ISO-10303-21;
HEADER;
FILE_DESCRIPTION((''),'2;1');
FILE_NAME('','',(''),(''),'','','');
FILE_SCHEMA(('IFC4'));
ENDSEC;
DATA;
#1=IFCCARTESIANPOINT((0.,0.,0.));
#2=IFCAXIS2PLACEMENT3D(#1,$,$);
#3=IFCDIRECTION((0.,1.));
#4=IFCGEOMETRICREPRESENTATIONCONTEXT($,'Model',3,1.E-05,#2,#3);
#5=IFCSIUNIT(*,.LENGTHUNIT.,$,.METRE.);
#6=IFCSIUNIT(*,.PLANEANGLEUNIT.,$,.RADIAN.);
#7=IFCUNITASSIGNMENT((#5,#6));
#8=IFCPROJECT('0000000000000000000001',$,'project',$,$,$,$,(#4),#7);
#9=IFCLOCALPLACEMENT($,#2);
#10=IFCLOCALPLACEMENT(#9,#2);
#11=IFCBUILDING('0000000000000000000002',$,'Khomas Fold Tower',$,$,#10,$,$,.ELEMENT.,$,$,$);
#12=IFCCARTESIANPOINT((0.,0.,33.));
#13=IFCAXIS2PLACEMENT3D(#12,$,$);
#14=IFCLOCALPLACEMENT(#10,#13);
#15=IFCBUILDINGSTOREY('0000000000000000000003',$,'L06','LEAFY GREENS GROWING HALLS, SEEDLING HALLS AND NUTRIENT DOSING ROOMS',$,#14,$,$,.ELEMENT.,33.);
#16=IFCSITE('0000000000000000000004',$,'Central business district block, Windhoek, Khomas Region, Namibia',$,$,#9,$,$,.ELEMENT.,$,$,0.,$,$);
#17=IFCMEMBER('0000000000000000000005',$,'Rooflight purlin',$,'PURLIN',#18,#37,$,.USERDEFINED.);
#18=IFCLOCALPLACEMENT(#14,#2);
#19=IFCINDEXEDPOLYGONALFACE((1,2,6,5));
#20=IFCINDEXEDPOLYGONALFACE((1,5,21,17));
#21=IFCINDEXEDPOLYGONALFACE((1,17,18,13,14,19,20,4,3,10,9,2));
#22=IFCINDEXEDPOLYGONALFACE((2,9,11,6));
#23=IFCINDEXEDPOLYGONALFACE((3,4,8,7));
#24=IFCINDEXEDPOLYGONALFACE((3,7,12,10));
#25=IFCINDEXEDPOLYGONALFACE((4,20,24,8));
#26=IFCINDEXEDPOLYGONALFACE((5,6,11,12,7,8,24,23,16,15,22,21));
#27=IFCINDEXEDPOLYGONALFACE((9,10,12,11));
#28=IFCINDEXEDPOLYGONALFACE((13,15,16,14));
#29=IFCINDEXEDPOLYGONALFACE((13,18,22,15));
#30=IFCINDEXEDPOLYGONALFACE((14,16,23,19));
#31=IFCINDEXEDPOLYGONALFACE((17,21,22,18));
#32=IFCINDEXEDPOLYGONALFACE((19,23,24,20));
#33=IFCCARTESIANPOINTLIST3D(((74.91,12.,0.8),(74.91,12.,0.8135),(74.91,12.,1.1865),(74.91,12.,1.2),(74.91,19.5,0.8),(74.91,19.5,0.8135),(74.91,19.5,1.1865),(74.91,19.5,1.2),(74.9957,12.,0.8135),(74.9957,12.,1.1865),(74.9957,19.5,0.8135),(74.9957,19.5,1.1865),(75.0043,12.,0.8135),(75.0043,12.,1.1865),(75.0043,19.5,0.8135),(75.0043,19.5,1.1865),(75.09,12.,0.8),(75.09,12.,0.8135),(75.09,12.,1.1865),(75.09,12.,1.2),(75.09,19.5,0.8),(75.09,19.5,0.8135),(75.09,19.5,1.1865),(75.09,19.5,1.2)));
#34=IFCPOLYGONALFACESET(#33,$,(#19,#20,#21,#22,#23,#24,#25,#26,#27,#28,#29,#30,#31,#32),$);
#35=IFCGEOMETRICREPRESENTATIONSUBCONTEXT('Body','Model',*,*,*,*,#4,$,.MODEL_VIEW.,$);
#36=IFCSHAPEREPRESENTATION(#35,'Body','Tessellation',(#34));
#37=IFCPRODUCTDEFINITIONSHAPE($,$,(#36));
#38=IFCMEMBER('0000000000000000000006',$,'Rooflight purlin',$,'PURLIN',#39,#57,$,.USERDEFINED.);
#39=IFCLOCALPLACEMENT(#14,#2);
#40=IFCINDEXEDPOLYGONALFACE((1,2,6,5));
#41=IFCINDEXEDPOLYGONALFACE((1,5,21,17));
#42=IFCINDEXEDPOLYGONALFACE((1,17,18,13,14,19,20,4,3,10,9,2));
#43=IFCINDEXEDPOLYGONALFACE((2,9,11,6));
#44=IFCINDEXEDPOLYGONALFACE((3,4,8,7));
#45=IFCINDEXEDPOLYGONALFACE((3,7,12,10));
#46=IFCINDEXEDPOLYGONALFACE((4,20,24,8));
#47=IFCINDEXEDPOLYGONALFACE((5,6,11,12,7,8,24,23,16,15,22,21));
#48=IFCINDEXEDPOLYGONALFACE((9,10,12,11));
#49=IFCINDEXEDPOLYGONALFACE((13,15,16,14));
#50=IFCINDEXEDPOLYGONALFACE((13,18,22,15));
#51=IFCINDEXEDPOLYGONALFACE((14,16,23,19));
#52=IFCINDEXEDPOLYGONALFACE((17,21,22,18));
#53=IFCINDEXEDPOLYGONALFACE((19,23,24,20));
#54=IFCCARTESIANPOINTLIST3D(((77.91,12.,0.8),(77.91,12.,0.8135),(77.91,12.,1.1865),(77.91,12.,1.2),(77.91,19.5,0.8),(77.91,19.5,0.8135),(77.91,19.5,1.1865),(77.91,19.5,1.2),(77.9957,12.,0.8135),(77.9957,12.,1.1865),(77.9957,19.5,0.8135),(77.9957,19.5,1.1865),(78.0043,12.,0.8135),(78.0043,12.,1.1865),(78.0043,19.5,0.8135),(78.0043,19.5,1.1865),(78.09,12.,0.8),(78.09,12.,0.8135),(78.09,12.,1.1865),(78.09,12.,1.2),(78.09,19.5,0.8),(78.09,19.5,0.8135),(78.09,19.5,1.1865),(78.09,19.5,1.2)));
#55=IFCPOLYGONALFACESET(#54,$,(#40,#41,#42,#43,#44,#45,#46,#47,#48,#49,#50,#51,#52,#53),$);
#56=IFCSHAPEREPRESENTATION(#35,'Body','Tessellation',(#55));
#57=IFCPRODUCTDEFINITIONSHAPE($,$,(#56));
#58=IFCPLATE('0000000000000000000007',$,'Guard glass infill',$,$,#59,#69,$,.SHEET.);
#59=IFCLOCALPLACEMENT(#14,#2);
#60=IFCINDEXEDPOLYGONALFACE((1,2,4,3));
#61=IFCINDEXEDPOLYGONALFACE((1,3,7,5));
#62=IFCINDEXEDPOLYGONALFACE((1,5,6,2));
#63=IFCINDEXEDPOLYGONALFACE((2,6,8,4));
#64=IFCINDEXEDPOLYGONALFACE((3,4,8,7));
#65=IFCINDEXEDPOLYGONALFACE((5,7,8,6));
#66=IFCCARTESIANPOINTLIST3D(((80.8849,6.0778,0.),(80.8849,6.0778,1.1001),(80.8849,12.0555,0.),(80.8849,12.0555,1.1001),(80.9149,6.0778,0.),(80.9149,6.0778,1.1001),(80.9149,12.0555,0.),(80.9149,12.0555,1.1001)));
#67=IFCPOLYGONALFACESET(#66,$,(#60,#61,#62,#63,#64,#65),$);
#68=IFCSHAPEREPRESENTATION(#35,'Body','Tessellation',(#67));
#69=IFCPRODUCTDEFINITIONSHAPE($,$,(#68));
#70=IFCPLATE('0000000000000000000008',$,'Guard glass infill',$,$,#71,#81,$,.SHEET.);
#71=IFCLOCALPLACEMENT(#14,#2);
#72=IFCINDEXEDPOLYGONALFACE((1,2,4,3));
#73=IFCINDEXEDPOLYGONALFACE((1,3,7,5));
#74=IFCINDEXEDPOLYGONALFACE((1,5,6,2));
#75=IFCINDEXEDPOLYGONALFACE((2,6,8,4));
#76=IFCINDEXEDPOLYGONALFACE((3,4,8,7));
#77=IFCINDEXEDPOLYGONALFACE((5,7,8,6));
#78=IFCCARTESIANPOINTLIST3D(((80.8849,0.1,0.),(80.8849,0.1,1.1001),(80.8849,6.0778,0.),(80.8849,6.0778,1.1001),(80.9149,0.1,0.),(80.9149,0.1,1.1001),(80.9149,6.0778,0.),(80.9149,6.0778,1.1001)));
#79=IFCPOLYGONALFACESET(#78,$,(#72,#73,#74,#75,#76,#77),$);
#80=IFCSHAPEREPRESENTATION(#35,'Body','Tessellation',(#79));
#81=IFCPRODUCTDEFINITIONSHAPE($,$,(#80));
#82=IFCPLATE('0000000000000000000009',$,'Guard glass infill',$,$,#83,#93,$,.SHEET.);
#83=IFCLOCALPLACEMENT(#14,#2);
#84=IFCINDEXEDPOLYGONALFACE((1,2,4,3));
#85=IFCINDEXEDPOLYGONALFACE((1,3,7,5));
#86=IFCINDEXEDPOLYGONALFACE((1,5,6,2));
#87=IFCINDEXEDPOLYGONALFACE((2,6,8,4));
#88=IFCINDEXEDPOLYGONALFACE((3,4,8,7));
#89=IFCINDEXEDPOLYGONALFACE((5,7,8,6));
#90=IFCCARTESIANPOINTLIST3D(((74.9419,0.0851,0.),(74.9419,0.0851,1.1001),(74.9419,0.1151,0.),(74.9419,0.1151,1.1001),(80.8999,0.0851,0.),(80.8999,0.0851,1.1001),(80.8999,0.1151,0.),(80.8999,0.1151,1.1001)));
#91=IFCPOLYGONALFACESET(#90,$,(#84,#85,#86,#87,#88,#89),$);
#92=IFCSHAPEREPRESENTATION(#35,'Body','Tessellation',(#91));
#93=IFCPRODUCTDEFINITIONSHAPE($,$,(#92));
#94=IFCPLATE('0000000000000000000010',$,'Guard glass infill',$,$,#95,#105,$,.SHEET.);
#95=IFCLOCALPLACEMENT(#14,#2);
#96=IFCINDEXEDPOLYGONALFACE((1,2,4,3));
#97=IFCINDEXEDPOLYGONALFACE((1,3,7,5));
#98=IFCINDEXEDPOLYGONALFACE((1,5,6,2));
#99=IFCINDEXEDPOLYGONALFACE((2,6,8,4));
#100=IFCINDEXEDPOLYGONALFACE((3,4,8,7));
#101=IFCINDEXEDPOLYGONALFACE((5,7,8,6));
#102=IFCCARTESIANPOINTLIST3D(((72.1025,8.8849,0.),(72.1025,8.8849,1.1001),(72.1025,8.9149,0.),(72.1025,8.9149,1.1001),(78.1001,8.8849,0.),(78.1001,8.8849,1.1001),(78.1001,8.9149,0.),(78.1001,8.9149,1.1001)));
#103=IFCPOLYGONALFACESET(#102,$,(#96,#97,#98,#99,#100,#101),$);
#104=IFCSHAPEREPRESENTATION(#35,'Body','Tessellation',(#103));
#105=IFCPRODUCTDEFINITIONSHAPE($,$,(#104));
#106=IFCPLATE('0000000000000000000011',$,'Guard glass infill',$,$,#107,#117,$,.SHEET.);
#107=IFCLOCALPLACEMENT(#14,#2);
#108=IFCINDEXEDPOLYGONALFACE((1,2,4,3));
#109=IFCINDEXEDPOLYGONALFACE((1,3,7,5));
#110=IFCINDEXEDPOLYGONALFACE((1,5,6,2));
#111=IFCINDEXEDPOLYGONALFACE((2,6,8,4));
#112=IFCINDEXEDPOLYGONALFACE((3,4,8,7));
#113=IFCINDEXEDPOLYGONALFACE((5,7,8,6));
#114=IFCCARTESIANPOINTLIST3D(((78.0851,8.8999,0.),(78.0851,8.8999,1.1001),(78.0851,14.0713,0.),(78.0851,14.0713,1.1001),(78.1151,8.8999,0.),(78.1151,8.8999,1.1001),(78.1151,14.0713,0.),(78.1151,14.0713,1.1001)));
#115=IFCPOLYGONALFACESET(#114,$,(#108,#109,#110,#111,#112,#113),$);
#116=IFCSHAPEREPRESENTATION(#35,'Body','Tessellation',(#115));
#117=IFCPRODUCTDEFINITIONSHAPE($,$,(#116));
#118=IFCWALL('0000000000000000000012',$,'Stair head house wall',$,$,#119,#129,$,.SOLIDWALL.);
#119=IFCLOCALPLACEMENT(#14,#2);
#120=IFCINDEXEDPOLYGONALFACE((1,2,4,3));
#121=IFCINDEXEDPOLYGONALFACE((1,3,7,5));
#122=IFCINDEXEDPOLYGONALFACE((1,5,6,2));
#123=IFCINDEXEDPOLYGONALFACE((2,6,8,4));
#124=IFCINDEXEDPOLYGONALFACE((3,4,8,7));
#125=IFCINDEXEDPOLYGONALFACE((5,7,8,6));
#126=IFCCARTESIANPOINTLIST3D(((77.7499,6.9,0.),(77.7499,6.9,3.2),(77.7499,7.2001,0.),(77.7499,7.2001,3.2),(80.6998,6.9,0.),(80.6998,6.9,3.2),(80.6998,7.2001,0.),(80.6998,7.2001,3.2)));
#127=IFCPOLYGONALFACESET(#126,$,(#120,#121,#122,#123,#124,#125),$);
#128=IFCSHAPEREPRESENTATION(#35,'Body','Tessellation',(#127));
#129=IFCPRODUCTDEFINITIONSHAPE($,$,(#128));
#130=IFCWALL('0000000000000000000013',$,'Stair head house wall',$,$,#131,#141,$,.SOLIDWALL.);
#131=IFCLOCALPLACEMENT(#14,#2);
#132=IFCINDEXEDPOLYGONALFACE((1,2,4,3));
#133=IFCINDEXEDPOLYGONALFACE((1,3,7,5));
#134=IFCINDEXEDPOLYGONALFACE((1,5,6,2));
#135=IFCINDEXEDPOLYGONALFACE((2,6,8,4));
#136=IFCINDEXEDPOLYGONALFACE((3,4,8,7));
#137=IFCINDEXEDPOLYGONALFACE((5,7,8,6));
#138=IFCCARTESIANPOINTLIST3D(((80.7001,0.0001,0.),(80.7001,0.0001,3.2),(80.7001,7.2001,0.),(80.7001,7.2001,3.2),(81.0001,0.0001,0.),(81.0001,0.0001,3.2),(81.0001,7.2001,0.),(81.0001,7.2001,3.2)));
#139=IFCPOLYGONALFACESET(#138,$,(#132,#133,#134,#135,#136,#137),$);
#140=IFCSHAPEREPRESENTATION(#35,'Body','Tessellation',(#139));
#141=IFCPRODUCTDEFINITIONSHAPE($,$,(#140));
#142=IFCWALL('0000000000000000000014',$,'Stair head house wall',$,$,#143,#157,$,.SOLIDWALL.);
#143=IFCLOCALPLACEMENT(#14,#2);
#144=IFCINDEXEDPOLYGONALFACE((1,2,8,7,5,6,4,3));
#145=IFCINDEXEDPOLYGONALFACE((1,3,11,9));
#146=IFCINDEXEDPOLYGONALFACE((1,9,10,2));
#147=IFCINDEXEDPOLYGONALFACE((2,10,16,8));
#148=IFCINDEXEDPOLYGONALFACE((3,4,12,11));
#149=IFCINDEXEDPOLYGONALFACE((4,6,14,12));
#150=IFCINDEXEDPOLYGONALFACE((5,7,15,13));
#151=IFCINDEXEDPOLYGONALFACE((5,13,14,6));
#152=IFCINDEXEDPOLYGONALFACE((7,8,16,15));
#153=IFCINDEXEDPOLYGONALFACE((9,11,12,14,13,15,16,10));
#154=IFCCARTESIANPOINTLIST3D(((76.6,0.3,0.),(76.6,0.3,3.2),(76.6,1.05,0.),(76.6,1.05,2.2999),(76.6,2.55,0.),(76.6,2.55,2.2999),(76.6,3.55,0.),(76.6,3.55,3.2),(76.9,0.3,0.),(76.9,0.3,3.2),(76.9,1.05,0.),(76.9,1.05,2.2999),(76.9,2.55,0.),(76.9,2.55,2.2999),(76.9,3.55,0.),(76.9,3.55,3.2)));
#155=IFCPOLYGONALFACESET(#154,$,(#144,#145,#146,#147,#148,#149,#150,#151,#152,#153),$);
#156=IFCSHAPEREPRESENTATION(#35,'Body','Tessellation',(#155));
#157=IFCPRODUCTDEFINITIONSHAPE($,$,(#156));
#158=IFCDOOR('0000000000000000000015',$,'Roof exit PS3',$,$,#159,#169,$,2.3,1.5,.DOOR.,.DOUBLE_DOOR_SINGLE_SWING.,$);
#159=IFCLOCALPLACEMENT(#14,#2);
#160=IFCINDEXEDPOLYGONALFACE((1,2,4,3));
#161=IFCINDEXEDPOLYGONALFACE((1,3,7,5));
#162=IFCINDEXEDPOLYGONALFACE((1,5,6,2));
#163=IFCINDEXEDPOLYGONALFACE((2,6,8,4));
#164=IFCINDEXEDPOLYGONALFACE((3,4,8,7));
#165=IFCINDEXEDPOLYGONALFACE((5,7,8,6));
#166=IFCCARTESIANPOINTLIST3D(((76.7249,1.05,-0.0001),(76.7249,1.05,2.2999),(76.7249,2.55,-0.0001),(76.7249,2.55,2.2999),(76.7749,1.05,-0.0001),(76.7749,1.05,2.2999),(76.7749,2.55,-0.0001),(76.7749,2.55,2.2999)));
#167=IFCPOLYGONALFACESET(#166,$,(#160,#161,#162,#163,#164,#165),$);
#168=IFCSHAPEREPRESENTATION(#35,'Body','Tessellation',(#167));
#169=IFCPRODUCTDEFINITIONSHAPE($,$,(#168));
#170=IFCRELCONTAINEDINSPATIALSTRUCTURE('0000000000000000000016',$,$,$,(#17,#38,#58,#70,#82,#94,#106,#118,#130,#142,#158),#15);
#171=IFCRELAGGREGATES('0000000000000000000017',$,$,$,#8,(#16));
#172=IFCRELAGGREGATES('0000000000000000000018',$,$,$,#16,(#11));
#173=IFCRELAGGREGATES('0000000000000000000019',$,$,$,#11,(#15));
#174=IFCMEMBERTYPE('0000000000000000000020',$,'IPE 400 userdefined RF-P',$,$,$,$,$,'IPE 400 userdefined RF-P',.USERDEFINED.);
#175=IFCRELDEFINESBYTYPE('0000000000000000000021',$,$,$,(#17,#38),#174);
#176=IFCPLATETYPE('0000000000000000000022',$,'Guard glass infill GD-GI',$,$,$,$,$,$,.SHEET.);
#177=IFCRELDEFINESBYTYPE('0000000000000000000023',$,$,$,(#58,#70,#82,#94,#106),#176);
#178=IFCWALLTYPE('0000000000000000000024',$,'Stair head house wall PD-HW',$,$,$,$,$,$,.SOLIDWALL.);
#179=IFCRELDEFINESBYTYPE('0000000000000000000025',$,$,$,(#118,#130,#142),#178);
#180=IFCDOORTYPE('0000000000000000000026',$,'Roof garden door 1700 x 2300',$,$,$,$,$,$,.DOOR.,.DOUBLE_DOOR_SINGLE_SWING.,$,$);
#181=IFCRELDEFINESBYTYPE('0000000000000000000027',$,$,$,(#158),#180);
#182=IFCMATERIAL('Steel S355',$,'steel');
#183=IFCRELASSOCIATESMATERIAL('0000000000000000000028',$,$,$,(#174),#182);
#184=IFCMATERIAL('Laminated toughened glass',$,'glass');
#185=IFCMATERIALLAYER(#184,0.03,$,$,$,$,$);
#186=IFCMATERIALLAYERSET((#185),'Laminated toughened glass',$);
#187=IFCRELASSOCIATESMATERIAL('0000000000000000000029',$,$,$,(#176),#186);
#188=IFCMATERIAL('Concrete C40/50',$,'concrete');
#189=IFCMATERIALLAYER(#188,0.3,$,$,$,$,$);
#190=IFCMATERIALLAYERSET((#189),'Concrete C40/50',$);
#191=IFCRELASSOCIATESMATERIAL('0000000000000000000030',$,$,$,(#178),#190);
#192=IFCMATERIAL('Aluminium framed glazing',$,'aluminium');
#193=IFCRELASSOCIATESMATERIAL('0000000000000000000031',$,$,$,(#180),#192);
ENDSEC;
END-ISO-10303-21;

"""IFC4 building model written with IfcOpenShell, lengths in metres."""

from ifc_helpers import new_model, si_unit, direction, frame, frame_2d, origin, origin_2d, place, context, subcontext, project, spatial, rectangle, i_section, extrude, source, transform, mapped, material, layer, layer_set, material_profile, profile_set, type_object, element, fill, save


model = new_model("IFC4")

# Units and contexts
model_context = context("Model", 3, precision=1e-05, world=origin(), true_north=direction((0.0, 1.0)))
body_context = subcontext(model_context, "Body", "Model", "MODEL_VIEW")
ifc_project = project(units=[si_unit("LENGTHUNIT", "METRE"), si_unit("PLANEANGLEUNIT", "RADIAN")], contexts=[model_context])

# Site, building, storey
site_placement = place(None, origin())
site = spatial("IfcSite", under=ifc_project, at=site_placement, Name="Central business district block, Windhoek, Khomas Region, Namibia", CompositionType="ELEMENT", RefElevation=0.0)
building_placement = place(site_placement, origin())
building = spatial("IfcBuilding", under=site, at=building_placement, Name="Khomas Fold Tower", CompositionType="ELEMENT")
storey_placement = place(building_placement, frame((0.0, 0.0, 33.0)))
storey = spatial("IfcBuildingStorey", under=building, at=storey_placement, Name="L06", Description="LEAFY GREENS GROWING HALLS, SEEDLING HALLS AND NUTRIENT DOSING ROOMS", CompositionType="ELEMENT", Elevation=33.0)

# Members
ifc_material_1 = material(Name="Steel S355", Category="steel")
ifc_material_profile = material_profile(ifc_material_1, i_section(OverallWidth=0.1799, OverallDepth=0.3999, WebThickness=0.0085, FlangeThickness=0.0134, at=origin_2d()), Name="IPE 400")
ifc_profile_set = profile_set([ifc_material_profile], Name="Steel S355")
member_type = type_object("IfcMemberType", Name="IPE 400 userdefined RF-P", ElementType="IPE 400 userdefined RF-P", PredefinedType="USERDEFINED", material=ifc_profile_set)
shared_shape_1 = source(origin(), body_context, "Body", "SweptSolid", [
    extrude(i_section(OverallWidth=0.1799, OverallDepth=0.3999, WebThickness=0.0085, FlangeThickness=0.0134, at=origin_2d()), origin(), (0.0, 0.0, 1.0), 7.5),
])
for number, where, z_axis, x_axis, name in (
    (1, (75.0, 12.0, 1.0), (0.0, 1.0, 0.0), (-1.0, 0.0, 0.0), "Rooflight purlin"),
    (2, (78.0, 12.0, 1.0), (0.0, 1.0, 0.0), (-1.0, 0.0, 0.0), "Rooflight purlin"),
):
    element("IfcMember", number, at=place(storey_placement, frame(where, z_axis=z_axis, x_axis=x_axis)), inside=storey, type_object=member_type, Name=name, ObjectType="PURLIN", PredefinedType="USERDEFINED", context=body_context, shape_type="MappedRepresentation", body=[
        mapped(shared_shape_1, transform((0.0, 0.0, 0.0))),
    ])

# Plates
ifc_material_2 = material(Name="Laminated toughened glass", Category="glass")
ifc_layer_1 = layer(ifc_material_2, 0.03)
ifc_layer_set_1 = layer_set([ifc_layer_1], Name="Laminated toughened glass")
plate_type = type_object("IfcPlateType", Name="Guard glass infill GD-GI", PredefinedType="SHEET", material=ifc_layer_set_1)
shared_shape_2 = source(origin(), body_context, "Body", "SweptSolid", [
    extrude(rectangle(XDim=5.9778, YDim=0.03, at=origin_2d()), origin(), (0.0, 0.0, 1.0), 1.1001),
])
for number, where, z_axis, x_axis, name in (
    (3, (80.8999, 9.0667, 0.0), (0.0, 0.0, 1.0), (0.0, -1.0, 0.0), "Guard glass infill"),
    (4, (80.8999, 3.0889, 0.0), (0.0, 0.0, 1.0), (0.0, -1.0, 0.0), "Guard glass infill"),
):
    element("IfcPlate", number, at=place(storey_placement, frame(where, z_axis=z_axis, x_axis=x_axis)), inside=storey, type_object=plate_type, Name=name, PredefinedType="SHEET", context=body_context, shape_type="MappedRepresentation", body=[
        mapped(shared_shape_2, transform((0.0, 0.0, 0.0))),
    ])
shared_shape_3 = source(origin(), body_context, "Body", "SweptSolid", [
    extrude(rectangle(XDim=5.958, YDim=0.03, at=origin_2d()), origin(), (0.0, 0.0, 1.0), 1.1001),
])
plate_1_placement = place(storey_placement, frame((77.9209, 0.1001, 0.0), z_axis=(0.0, 0.0, 1.0), x_axis=(-1.0, 0.0, 0.0)))
element("IfcPlate", 5, at=plate_1_placement, inside=storey, type_object=plate_type, Name="Guard glass infill", PredefinedType="SHEET", context=body_context, shape_type="MappedRepresentation", body=[
    mapped(shared_shape_3, transform((0.0, 0.0, 0.0))),
])
shared_shape_4 = source(origin(), body_context, "Body", "SweptSolid", [
    extrude(rectangle(XDim=5.9976, YDim=0.03, at=origin_2d()), origin(), (0.0, 0.0, 1.0), 1.1001),
])
plate_2_placement = place(storey_placement, frame((75.1013, 8.8999, 0.0), z_axis=(0.0, 0.0, 1.0), x_axis=(1.0, 0.0, 0.0)))
element("IfcPlate", 6, at=plate_2_placement, inside=storey, type_object=plate_type, Name="Guard glass infill", PredefinedType="SHEET", context=body_context, shape_type="MappedRepresentation", body=[
    mapped(shared_shape_4, transform((0.0, 0.0, 0.0))),
])
shared_shape_5 = source(origin(), body_context, "Body", "SweptSolid", [
    extrude(rectangle(XDim=5.1714, YDim=0.03, at=origin_2d()), origin(), (0.0, 0.0, 1.0), 1.1001),
])
plate_3_placement = place(storey_placement, frame((78.1001, 11.4856, 0.0), z_axis=(0.0, 0.0, 1.0), x_axis=(0.0, 1.0, 0.0)))
element("IfcPlate", 7, at=plate_3_placement, inside=storey, type_object=plate_type, Name="Guard glass infill", PredefinedType="SHEET", context=body_context, shape_type="MappedRepresentation", body=[
    mapped(shared_shape_5, transform((0.0, 0.0, 0.0))),
])

# Walls
ifc_material_3 = material(Name="Concrete C40/50", Category="concrete")
ifc_layer_2 = layer(ifc_material_3, 0.3)
ifc_layer_set_2 = layer_set([ifc_layer_2], Name="Concrete C40/50")
wall_type = type_object("IfcWallType", Name="Stair head house wall PD-HW", PredefinedType="SOLIDWALL", material=ifc_layer_set_2)
shared_shape_6 = source(origin(), body_context, "Body", "SweptSolid", [
    extrude(rectangle(XDim=2.95, YDim=0.3, at=frame_2d((1.4751, 0.0))), origin(), (0.0, 0.0, 1.0), 3.2),
])
wall_1_placement = place(storey_placement, frame((80.7, 7.05, 0.0), z_axis=(0.0, 0.0, 1.0), x_axis=(-1.0, 0.0, 0.0)))
element("IfcWall", 8, at=wall_1_placement, inside=storey, type_object=wall_type, Name="Stair head house wall", PredefinedType="SOLIDWALL", context=body_context, shape_type="MappedRepresentation", body=[
    mapped(shared_shape_6, transform((0.0, 0.0, 0.0))),
])
shared_shape_7 = source(origin(), body_context, "Body", "SweptSolid", [
    extrude(rectangle(XDim=7.2, YDim=0.3, at=frame_2d((3.6001, 0.0))), origin(), (0.0, 0.0, 1.0), 3.2),
])
wall_2_placement = place(storey_placement, frame((80.8501, 0.0, 0.0), z_axis=(0.0, 0.0, 1.0), x_axis=(0.0, 1.0, 0.0)))
element("IfcWall", 9, at=wall_2_placement, inside=storey, type_object=wall_type, Name="Stair head house wall", PredefinedType="SOLIDWALL", context=body_context, shape_type="MappedRepresentation", body=[
    mapped(shared_shape_7, transform((0.0, 0.0, 0.0))),
])

# Wall, opening, door
shared_shape_8 = source(origin(), body_context, "Body", "SweptSolid", [
    extrude(rectangle(XDim=3.25, YDim=0.3, at=frame_2d((1.625, 0.0))), origin(), (0.0, 0.0, 1.0), 3.2),
])
wall_3_placement = place(storey_placement, frame((76.75, 0.3, 0.0), z_axis=(0.0, 0.0, 1.0), x_axis=(0.0, 1.0, 0.0)))
wall_3 = element("IfcWall", 10, at=wall_3_placement, inside=storey, type_object=wall_type, Name="Stair head house wall", PredefinedType="SOLIDWALL", context=body_context, shape_type="MappedRepresentation", body=[
    mapped(shared_shape_8, transform((0.0, 0.0, 0.0))),
])
shared_shape_9 = source(origin(), body_context, "Body", "SweptSolid", [
    extrude(rectangle(XDim=1.5, YDim=2.3, at=frame_2d((0.75, 1.1499))), frame((0.0, 0.1599, 0.0), z_axis=(0.0, -1.0, 0.0), x_axis=(1.0, 0.0, 0.0)), (0.0, 0.0, 1.0), 0.3201),
])
opening_1_placement = place(wall_3_placement, frame((2.25, 0.0, 0.0), z_axis=(0.0, 0.0, 1.0), x_axis=(-1.0, 0.0, 0.0)))
opening_1 = element("IfcOpeningElement", 11, at=opening_1_placement, cuts=wall_3, PredefinedType="OPENING", context=body_context, shape_type="MappedRepresentation", body=[
    mapped(shared_shape_9, transform((0.0, 0.0, 0.0))),
])
ifc_material_4 = material(Name="Aluminium framed glazing", Category="aluminium")
door_type = type_object("IfcDoorType", Name="Roof garden door 1700 x 2300", OperationType="DOUBLE_DOOR_SINGLE_SWING", PredefinedType="DOOR", material=ifc_material_4)
shared_shape_10 = source(origin(), body_context, "Body", "SweptSolid", [
    extrude(rectangle(XDim=1.5, YDim=2.3, at=frame_2d((0.75, 1.1499))), frame((0.0, 0.0249, 0.0), z_axis=(0.0, -1.0, 0.0), x_axis=(1.0, 0.0, 0.0)), (0.0, 0.0, 1.0), 0.05),
])
door_1_placement = place(opening_1_placement, origin())
door_1 = element("IfcDoor", 12, at=door_1_placement, inside=storey, type_object=door_type, Name="Roof exit PS3", OperationType="DOUBLE_DOOR_SINGLE_SWING", OverallHeight=2.3, OverallWidth=1.5, PredefinedType="DOOR", context=body_context, shape_type="MappedRepresentation", body=[
    mapped(shared_shape_10, transform((0.0, 0.0, 0.0))),
])
fill(opening_1, door_1)

save(model, "model.ifc")
